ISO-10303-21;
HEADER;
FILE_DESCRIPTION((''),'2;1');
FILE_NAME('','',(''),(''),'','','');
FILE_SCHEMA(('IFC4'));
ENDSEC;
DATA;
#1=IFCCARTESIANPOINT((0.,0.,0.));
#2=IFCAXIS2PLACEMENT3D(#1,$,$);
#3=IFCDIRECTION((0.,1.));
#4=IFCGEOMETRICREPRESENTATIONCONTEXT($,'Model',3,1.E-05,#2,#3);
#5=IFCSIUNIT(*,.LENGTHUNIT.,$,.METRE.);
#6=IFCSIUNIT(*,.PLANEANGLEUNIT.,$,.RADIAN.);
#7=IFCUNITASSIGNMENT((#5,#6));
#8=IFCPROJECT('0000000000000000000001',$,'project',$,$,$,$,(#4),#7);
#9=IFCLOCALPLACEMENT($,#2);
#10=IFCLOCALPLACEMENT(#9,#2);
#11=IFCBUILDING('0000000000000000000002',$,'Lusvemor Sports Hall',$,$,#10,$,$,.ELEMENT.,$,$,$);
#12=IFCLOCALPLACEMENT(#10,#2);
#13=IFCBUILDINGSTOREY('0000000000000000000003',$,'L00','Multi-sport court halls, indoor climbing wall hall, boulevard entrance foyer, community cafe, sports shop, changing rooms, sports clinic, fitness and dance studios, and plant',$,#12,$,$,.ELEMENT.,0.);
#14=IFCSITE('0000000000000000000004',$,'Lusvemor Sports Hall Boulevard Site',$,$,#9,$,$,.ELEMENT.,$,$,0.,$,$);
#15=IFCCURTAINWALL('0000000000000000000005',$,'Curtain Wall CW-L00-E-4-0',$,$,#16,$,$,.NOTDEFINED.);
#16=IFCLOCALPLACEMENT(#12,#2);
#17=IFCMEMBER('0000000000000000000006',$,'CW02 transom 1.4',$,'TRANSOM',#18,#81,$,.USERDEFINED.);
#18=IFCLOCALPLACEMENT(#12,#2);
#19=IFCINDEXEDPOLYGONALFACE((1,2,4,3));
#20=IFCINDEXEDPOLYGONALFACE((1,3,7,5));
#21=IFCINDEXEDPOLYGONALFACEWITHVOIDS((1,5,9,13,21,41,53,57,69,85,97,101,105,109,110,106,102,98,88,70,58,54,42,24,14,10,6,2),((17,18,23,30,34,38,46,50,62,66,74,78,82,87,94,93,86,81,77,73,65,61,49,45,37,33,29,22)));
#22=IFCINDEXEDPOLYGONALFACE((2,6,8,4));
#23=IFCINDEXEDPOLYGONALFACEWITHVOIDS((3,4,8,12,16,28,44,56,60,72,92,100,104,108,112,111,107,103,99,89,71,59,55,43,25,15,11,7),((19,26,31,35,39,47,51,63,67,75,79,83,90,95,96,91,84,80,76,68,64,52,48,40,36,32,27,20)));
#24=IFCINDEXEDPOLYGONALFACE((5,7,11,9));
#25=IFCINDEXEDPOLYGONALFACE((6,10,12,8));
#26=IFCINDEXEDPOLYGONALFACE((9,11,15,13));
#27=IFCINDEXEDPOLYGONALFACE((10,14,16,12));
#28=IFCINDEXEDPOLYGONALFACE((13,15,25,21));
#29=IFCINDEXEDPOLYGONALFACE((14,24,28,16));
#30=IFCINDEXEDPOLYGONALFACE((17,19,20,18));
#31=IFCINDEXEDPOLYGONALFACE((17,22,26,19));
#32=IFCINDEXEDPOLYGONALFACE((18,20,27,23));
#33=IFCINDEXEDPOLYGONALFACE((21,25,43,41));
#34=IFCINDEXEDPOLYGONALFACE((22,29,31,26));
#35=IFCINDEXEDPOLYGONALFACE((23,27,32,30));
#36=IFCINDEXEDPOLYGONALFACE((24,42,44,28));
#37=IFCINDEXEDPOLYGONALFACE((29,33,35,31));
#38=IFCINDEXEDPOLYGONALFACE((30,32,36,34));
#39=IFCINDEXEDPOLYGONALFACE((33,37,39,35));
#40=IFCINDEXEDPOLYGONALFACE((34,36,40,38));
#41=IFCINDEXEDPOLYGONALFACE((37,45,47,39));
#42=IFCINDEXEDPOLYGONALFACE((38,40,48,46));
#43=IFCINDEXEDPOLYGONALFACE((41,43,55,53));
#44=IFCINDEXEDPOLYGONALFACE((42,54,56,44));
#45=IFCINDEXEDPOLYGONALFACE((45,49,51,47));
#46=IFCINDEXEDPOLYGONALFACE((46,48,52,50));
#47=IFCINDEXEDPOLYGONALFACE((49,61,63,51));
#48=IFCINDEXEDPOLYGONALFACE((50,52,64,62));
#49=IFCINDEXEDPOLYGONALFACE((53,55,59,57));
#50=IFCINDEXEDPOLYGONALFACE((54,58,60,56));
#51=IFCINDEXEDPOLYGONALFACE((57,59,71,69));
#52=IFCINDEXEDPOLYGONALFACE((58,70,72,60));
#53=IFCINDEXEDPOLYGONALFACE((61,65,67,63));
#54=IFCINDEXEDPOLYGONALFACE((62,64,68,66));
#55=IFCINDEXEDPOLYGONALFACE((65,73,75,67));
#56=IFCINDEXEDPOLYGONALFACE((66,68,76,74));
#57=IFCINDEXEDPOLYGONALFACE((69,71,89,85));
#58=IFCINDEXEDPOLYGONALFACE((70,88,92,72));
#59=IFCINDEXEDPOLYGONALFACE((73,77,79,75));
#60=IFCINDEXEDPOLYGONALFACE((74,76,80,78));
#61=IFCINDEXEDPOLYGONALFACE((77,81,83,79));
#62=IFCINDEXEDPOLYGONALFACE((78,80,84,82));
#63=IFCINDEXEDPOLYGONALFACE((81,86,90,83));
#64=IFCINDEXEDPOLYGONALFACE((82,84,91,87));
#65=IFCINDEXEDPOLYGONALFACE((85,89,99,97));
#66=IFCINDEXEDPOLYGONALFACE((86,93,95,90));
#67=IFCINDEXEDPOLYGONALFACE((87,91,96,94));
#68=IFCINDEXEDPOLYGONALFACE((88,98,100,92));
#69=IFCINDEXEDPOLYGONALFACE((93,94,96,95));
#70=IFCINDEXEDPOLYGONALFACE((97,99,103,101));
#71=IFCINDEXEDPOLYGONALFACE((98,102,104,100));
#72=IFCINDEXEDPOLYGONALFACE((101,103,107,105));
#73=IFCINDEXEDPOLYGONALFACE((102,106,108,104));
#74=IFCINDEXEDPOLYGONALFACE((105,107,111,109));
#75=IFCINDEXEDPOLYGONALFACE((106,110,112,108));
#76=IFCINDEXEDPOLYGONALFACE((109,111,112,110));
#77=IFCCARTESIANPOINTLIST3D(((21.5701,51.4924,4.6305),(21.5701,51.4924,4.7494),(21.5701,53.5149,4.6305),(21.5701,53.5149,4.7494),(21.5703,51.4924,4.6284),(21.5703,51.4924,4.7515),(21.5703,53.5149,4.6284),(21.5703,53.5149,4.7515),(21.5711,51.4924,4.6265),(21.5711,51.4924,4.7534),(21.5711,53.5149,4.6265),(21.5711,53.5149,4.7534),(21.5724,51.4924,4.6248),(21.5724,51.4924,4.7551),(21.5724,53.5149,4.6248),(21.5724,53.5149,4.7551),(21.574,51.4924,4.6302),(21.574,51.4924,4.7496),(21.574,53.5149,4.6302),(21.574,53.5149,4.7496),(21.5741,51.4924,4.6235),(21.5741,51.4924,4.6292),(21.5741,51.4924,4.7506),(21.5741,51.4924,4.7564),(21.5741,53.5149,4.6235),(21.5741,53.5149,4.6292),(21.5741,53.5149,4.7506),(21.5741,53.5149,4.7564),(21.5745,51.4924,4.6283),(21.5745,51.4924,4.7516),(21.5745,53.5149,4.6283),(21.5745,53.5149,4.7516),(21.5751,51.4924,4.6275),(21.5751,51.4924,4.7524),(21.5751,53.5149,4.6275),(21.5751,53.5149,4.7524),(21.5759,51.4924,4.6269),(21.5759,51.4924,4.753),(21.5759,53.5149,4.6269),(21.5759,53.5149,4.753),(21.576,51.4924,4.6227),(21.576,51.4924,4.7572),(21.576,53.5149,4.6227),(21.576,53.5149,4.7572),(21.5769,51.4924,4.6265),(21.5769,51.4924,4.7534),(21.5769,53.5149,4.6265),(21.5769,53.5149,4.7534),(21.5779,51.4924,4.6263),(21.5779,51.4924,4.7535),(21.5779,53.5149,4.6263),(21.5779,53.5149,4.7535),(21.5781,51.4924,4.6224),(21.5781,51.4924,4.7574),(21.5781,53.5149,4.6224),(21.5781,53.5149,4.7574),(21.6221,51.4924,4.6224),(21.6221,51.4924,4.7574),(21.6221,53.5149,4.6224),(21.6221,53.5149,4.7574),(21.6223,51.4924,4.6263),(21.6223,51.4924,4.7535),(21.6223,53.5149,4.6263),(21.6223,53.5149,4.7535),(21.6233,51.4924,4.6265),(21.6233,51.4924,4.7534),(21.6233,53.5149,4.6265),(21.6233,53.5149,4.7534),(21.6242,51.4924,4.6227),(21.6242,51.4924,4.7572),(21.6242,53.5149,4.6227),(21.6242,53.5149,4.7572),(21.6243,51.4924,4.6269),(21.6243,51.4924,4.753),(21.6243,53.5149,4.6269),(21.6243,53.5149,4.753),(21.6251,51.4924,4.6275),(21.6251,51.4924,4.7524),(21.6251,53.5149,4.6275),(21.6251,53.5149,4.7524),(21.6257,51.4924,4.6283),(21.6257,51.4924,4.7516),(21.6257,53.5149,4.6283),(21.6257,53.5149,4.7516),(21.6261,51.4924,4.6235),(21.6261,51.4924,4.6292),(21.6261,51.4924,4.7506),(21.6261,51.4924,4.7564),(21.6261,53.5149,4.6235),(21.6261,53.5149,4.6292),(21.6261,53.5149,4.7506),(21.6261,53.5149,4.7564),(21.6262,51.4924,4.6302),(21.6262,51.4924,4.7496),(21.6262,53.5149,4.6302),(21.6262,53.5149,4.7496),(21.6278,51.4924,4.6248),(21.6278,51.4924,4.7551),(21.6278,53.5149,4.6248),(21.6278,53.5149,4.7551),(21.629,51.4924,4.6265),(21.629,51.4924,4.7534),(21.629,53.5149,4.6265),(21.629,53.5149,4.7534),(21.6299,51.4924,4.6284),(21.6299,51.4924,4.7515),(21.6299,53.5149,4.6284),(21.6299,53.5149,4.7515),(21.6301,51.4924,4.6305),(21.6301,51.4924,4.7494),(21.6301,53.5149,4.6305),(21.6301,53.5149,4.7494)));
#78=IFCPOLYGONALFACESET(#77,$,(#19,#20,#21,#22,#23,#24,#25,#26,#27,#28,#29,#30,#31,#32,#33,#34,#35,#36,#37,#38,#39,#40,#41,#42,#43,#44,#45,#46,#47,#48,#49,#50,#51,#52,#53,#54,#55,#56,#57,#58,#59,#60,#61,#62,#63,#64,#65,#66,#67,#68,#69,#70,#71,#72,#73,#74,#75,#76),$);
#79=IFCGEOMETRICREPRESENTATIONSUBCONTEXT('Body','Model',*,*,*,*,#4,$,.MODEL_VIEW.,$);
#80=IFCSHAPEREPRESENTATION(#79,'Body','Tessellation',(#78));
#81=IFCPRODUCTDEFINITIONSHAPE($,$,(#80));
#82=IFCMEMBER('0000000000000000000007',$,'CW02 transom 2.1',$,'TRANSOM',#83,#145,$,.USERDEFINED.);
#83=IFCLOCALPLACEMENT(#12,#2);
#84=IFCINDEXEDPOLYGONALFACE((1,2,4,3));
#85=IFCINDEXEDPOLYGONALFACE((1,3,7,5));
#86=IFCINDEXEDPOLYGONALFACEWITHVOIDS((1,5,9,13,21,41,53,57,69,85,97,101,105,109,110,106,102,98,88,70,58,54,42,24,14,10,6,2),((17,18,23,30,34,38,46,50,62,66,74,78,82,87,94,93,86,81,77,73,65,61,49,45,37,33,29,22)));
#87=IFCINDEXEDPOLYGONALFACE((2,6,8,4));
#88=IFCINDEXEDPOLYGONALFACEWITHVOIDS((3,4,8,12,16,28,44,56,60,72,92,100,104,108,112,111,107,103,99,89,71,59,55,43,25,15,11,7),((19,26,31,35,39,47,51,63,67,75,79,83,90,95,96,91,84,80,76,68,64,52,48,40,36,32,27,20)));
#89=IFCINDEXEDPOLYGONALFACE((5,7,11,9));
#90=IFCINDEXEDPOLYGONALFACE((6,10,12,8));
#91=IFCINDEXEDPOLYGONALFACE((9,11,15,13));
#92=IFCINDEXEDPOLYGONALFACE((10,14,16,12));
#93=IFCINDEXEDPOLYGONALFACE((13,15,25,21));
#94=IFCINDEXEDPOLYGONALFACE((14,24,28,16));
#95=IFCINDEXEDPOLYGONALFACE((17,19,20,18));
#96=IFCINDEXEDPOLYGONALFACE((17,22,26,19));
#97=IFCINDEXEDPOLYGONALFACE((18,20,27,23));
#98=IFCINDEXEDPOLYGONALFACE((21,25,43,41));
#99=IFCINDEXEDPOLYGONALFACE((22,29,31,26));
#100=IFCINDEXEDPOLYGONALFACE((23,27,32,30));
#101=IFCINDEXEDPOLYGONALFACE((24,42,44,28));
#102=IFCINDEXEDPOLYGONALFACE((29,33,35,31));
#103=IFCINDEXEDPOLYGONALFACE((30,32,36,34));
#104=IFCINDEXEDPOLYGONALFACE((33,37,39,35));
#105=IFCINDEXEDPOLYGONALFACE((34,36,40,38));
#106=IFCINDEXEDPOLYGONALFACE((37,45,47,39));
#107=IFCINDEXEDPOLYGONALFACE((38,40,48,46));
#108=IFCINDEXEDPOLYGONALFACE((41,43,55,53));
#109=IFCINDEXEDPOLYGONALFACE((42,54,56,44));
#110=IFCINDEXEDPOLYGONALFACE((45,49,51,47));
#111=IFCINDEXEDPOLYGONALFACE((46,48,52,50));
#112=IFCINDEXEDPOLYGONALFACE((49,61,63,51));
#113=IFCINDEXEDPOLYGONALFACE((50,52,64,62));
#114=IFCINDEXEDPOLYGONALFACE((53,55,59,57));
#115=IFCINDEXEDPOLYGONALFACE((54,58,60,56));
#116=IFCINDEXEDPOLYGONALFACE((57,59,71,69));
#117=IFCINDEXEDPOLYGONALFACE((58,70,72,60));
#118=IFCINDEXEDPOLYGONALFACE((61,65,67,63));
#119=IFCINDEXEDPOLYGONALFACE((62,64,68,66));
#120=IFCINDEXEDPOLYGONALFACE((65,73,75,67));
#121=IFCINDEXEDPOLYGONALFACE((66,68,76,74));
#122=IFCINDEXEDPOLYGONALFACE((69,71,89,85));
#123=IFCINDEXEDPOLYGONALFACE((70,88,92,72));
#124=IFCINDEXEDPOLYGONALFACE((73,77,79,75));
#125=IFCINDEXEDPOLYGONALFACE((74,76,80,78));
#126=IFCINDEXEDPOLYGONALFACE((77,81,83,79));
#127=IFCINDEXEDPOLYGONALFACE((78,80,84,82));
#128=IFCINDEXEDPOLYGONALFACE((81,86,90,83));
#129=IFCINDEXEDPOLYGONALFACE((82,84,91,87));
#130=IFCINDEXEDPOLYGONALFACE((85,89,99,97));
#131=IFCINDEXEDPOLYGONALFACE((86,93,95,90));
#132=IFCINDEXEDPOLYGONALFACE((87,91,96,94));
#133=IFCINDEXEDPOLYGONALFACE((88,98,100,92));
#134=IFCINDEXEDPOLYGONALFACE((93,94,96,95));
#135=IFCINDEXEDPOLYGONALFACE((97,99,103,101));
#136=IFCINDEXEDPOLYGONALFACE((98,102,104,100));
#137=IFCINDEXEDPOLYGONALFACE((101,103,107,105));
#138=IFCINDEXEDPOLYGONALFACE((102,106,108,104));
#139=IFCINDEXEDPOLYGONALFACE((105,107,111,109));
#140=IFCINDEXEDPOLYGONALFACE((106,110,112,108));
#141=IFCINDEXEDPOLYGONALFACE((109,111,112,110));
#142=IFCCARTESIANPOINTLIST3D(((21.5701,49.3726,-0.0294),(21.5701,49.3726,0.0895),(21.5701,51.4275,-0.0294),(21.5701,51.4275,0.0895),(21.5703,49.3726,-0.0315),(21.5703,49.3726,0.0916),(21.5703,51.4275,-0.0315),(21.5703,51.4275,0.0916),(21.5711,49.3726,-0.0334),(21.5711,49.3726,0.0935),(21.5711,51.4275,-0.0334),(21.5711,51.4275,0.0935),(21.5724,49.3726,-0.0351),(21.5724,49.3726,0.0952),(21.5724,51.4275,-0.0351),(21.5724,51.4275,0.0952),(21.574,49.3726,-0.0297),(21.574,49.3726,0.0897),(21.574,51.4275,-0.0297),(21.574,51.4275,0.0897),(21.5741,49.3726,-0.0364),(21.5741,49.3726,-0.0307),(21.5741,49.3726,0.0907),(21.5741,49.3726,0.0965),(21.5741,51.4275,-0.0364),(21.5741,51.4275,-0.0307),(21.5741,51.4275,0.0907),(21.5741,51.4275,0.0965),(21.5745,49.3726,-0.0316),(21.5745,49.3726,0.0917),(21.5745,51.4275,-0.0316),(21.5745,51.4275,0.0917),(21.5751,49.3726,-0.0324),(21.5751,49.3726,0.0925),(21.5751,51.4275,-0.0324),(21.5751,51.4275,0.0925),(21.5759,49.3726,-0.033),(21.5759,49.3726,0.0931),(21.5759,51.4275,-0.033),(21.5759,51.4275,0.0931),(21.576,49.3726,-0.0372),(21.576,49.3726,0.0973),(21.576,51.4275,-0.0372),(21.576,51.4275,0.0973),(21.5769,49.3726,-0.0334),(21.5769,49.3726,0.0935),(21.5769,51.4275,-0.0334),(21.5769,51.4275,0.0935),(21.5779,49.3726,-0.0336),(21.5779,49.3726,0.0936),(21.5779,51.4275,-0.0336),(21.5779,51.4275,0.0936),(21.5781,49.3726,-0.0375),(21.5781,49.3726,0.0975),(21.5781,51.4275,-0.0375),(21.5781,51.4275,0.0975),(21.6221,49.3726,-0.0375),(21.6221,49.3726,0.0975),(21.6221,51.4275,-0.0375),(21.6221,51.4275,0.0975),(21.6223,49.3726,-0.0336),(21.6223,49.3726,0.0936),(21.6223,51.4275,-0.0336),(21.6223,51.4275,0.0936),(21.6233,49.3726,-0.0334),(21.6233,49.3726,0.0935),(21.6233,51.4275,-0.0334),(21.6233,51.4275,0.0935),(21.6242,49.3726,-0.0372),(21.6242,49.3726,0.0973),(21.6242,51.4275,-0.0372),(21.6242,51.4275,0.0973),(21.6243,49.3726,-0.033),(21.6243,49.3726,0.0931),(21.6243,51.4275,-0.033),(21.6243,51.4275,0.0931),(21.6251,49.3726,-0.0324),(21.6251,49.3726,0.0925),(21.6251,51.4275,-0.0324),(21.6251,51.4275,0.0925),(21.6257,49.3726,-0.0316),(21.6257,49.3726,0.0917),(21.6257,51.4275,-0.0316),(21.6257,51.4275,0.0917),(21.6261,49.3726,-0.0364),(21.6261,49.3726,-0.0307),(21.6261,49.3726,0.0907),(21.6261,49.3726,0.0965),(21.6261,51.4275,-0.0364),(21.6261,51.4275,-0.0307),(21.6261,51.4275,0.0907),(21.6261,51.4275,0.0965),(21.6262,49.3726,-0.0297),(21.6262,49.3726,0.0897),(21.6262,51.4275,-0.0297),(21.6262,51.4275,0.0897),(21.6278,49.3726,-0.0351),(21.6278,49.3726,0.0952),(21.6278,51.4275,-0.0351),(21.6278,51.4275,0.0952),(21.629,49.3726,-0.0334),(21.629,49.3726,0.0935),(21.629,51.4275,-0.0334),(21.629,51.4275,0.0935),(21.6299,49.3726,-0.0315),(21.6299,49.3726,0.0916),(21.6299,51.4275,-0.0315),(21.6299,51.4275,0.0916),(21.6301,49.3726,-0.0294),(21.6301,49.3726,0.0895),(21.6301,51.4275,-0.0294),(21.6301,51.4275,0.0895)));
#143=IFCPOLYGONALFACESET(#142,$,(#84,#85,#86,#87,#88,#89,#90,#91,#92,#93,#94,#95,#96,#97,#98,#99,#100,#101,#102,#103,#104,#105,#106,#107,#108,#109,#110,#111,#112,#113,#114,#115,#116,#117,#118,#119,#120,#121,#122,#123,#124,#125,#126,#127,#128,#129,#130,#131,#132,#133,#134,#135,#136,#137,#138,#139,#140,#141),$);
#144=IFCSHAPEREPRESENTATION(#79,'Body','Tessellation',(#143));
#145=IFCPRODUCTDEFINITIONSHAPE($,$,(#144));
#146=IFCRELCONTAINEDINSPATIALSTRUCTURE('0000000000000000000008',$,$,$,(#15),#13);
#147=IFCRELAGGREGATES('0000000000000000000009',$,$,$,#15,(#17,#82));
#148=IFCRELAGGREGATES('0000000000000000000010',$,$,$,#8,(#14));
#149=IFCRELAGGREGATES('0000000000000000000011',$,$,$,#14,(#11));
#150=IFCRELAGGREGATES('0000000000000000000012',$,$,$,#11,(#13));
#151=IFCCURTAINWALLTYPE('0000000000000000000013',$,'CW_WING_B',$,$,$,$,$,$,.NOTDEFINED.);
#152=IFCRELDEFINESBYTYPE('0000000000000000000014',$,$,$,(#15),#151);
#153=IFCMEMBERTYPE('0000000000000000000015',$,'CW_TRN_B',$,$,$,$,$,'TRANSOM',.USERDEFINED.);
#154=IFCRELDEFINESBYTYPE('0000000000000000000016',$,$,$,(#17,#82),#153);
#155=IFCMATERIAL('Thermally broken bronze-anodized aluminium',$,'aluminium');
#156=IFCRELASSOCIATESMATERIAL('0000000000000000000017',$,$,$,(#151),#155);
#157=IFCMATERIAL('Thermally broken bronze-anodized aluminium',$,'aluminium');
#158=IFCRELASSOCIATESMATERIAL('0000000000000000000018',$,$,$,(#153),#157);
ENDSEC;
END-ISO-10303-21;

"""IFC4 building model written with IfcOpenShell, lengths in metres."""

from ifc_helpers import new_model, si_unit, direction, frame, origin, origin_2d, place, context, subcontext, project, spatial, hollow_rectangle, extrude, material, material_profile, profile_set, type_object, element, aggregate, save


model = new_model("IFC4")

# Units and contexts
model_context = context("Model", 3, precision=1e-05, world=origin(), true_north=direction((0.0, 1.0)))
body_context = subcontext(model_context, "Body", "Model", "MODEL_VIEW")
ifc_project = project(units=[si_unit("LENGTHUNIT", "METRE"), si_unit("PLANEANGLEUNIT", "RADIAN")], contexts=[model_context])

# Site, building, storey
site_placement = place(None, origin())
site = spatial("IfcSite", under=ifc_project, at=site_placement, Name="Lusvemor Sports Hall Boulevard Site", CompositionType="ELEMENT", RefElevation=0.0)
building_placement = place(site_placement, origin())
building = spatial("IfcBuilding", under=site, at=building_placement, Name="Lusvemor Sports Hall", CompositionType="ELEMENT")
storey_placement = place(building_placement, origin())
storey = spatial("IfcBuildingStorey", under=building, at=storey_placement, Name="L00", Description="Multi-sport court halls, indoor climbing wall hall, boulevard entrance foyer, community cafe, sports shop, changing rooms, sports clinic, fitness and dance studios, and plant", CompositionType="ELEMENT", Elevation=0.0)

# Curtain wall, members
ifc_material_1 = material(Name="Thermally broken bronze-anodized aluminium", Category="aluminium")
curtain_wall_type = type_object("IfcCurtainWallType", Name="CW_WING_B", PredefinedType="NOTDEFINED", material=ifc_material_1)
curtain_wall_placement = place(storey_placement, origin())
curtain_wall = element("IfcCurtainWall", 1, at=curtain_wall_placement, inside=storey, type_object=curtain_wall_type, Name="Curtain Wall CW-L00-E-4-0", PredefinedType="NOTDEFINED")
ifc_material_2 = material(Name="Thermally broken bronze-anodized aluminium", Category="aluminium")
ifc_material_profile_1 = material_profile(ifc_material_2, hollow_rectangle(XDim=0.0601, YDim=0.135, WallThickness=0.0039, InnerFilletRadius=0.0039, OuterFilletRadius=0.0081, at=origin_2d()), Name="CWTRN135x60x4")
ifc_profile_set_1 = profile_set([ifc_material_profile_1], Name="Thermally broken bronze-anodized aluminium")
member_type_1 = type_object("IfcMemberType", Name="CW_TRN_B", ElementType="TRANSOM", PredefinedType="USERDEFINED", material=ifc_profile_set_1)
member_1_placement = place(storey_placement, frame((21.6001, 53.5149, 4.6899), z_axis=(0.0, -1.0, 0.0), x_axis=(1.0, 0.0, 0.0)))
member_1 = element("IfcMember", 2, at=member_1_placement, type_object=member_type_1, Name="CW02 transom 1.4", ObjectType="TRANSOM", PredefinedType="USERDEFINED", context=body_context, shape_type="SweptSolid", body=[
    extrude(hollow_rectangle(XDim=0.0601, YDim=0.135, WallThickness=0.0039, InnerFilletRadius=0.0039, OuterFilletRadius=0.0081, at=origin_2d()), origin(), (0.0, 0.0, 1.0), 2.0225),
])
member_2_placement = place(storey_placement, frame((21.6001, 51.4275, 0.03), z_axis=(0.0, -1.0, 0.0), x_axis=(1.0, 0.0, 0.0)))
member_2 = element("IfcMember", 3, at=member_2_placement, type_object=member_type_1, Name="CW02 transom 2.1", ObjectType="TRANSOM", PredefinedType="USERDEFINED", context=body_context, shape_type="SweptSolid", body=[
    extrude(hollow_rectangle(XDim=0.0601, YDim=0.135, WallThickness=0.0039, InnerFilletRadius=0.0039, OuterFilletRadius=0.0081, at=origin_2d()), origin(), (0.0, 0.0, 1.0), 2.0549),
])
aggregate(curtain_wall, [member_1, member_2])

save(model, "model.ifc")
